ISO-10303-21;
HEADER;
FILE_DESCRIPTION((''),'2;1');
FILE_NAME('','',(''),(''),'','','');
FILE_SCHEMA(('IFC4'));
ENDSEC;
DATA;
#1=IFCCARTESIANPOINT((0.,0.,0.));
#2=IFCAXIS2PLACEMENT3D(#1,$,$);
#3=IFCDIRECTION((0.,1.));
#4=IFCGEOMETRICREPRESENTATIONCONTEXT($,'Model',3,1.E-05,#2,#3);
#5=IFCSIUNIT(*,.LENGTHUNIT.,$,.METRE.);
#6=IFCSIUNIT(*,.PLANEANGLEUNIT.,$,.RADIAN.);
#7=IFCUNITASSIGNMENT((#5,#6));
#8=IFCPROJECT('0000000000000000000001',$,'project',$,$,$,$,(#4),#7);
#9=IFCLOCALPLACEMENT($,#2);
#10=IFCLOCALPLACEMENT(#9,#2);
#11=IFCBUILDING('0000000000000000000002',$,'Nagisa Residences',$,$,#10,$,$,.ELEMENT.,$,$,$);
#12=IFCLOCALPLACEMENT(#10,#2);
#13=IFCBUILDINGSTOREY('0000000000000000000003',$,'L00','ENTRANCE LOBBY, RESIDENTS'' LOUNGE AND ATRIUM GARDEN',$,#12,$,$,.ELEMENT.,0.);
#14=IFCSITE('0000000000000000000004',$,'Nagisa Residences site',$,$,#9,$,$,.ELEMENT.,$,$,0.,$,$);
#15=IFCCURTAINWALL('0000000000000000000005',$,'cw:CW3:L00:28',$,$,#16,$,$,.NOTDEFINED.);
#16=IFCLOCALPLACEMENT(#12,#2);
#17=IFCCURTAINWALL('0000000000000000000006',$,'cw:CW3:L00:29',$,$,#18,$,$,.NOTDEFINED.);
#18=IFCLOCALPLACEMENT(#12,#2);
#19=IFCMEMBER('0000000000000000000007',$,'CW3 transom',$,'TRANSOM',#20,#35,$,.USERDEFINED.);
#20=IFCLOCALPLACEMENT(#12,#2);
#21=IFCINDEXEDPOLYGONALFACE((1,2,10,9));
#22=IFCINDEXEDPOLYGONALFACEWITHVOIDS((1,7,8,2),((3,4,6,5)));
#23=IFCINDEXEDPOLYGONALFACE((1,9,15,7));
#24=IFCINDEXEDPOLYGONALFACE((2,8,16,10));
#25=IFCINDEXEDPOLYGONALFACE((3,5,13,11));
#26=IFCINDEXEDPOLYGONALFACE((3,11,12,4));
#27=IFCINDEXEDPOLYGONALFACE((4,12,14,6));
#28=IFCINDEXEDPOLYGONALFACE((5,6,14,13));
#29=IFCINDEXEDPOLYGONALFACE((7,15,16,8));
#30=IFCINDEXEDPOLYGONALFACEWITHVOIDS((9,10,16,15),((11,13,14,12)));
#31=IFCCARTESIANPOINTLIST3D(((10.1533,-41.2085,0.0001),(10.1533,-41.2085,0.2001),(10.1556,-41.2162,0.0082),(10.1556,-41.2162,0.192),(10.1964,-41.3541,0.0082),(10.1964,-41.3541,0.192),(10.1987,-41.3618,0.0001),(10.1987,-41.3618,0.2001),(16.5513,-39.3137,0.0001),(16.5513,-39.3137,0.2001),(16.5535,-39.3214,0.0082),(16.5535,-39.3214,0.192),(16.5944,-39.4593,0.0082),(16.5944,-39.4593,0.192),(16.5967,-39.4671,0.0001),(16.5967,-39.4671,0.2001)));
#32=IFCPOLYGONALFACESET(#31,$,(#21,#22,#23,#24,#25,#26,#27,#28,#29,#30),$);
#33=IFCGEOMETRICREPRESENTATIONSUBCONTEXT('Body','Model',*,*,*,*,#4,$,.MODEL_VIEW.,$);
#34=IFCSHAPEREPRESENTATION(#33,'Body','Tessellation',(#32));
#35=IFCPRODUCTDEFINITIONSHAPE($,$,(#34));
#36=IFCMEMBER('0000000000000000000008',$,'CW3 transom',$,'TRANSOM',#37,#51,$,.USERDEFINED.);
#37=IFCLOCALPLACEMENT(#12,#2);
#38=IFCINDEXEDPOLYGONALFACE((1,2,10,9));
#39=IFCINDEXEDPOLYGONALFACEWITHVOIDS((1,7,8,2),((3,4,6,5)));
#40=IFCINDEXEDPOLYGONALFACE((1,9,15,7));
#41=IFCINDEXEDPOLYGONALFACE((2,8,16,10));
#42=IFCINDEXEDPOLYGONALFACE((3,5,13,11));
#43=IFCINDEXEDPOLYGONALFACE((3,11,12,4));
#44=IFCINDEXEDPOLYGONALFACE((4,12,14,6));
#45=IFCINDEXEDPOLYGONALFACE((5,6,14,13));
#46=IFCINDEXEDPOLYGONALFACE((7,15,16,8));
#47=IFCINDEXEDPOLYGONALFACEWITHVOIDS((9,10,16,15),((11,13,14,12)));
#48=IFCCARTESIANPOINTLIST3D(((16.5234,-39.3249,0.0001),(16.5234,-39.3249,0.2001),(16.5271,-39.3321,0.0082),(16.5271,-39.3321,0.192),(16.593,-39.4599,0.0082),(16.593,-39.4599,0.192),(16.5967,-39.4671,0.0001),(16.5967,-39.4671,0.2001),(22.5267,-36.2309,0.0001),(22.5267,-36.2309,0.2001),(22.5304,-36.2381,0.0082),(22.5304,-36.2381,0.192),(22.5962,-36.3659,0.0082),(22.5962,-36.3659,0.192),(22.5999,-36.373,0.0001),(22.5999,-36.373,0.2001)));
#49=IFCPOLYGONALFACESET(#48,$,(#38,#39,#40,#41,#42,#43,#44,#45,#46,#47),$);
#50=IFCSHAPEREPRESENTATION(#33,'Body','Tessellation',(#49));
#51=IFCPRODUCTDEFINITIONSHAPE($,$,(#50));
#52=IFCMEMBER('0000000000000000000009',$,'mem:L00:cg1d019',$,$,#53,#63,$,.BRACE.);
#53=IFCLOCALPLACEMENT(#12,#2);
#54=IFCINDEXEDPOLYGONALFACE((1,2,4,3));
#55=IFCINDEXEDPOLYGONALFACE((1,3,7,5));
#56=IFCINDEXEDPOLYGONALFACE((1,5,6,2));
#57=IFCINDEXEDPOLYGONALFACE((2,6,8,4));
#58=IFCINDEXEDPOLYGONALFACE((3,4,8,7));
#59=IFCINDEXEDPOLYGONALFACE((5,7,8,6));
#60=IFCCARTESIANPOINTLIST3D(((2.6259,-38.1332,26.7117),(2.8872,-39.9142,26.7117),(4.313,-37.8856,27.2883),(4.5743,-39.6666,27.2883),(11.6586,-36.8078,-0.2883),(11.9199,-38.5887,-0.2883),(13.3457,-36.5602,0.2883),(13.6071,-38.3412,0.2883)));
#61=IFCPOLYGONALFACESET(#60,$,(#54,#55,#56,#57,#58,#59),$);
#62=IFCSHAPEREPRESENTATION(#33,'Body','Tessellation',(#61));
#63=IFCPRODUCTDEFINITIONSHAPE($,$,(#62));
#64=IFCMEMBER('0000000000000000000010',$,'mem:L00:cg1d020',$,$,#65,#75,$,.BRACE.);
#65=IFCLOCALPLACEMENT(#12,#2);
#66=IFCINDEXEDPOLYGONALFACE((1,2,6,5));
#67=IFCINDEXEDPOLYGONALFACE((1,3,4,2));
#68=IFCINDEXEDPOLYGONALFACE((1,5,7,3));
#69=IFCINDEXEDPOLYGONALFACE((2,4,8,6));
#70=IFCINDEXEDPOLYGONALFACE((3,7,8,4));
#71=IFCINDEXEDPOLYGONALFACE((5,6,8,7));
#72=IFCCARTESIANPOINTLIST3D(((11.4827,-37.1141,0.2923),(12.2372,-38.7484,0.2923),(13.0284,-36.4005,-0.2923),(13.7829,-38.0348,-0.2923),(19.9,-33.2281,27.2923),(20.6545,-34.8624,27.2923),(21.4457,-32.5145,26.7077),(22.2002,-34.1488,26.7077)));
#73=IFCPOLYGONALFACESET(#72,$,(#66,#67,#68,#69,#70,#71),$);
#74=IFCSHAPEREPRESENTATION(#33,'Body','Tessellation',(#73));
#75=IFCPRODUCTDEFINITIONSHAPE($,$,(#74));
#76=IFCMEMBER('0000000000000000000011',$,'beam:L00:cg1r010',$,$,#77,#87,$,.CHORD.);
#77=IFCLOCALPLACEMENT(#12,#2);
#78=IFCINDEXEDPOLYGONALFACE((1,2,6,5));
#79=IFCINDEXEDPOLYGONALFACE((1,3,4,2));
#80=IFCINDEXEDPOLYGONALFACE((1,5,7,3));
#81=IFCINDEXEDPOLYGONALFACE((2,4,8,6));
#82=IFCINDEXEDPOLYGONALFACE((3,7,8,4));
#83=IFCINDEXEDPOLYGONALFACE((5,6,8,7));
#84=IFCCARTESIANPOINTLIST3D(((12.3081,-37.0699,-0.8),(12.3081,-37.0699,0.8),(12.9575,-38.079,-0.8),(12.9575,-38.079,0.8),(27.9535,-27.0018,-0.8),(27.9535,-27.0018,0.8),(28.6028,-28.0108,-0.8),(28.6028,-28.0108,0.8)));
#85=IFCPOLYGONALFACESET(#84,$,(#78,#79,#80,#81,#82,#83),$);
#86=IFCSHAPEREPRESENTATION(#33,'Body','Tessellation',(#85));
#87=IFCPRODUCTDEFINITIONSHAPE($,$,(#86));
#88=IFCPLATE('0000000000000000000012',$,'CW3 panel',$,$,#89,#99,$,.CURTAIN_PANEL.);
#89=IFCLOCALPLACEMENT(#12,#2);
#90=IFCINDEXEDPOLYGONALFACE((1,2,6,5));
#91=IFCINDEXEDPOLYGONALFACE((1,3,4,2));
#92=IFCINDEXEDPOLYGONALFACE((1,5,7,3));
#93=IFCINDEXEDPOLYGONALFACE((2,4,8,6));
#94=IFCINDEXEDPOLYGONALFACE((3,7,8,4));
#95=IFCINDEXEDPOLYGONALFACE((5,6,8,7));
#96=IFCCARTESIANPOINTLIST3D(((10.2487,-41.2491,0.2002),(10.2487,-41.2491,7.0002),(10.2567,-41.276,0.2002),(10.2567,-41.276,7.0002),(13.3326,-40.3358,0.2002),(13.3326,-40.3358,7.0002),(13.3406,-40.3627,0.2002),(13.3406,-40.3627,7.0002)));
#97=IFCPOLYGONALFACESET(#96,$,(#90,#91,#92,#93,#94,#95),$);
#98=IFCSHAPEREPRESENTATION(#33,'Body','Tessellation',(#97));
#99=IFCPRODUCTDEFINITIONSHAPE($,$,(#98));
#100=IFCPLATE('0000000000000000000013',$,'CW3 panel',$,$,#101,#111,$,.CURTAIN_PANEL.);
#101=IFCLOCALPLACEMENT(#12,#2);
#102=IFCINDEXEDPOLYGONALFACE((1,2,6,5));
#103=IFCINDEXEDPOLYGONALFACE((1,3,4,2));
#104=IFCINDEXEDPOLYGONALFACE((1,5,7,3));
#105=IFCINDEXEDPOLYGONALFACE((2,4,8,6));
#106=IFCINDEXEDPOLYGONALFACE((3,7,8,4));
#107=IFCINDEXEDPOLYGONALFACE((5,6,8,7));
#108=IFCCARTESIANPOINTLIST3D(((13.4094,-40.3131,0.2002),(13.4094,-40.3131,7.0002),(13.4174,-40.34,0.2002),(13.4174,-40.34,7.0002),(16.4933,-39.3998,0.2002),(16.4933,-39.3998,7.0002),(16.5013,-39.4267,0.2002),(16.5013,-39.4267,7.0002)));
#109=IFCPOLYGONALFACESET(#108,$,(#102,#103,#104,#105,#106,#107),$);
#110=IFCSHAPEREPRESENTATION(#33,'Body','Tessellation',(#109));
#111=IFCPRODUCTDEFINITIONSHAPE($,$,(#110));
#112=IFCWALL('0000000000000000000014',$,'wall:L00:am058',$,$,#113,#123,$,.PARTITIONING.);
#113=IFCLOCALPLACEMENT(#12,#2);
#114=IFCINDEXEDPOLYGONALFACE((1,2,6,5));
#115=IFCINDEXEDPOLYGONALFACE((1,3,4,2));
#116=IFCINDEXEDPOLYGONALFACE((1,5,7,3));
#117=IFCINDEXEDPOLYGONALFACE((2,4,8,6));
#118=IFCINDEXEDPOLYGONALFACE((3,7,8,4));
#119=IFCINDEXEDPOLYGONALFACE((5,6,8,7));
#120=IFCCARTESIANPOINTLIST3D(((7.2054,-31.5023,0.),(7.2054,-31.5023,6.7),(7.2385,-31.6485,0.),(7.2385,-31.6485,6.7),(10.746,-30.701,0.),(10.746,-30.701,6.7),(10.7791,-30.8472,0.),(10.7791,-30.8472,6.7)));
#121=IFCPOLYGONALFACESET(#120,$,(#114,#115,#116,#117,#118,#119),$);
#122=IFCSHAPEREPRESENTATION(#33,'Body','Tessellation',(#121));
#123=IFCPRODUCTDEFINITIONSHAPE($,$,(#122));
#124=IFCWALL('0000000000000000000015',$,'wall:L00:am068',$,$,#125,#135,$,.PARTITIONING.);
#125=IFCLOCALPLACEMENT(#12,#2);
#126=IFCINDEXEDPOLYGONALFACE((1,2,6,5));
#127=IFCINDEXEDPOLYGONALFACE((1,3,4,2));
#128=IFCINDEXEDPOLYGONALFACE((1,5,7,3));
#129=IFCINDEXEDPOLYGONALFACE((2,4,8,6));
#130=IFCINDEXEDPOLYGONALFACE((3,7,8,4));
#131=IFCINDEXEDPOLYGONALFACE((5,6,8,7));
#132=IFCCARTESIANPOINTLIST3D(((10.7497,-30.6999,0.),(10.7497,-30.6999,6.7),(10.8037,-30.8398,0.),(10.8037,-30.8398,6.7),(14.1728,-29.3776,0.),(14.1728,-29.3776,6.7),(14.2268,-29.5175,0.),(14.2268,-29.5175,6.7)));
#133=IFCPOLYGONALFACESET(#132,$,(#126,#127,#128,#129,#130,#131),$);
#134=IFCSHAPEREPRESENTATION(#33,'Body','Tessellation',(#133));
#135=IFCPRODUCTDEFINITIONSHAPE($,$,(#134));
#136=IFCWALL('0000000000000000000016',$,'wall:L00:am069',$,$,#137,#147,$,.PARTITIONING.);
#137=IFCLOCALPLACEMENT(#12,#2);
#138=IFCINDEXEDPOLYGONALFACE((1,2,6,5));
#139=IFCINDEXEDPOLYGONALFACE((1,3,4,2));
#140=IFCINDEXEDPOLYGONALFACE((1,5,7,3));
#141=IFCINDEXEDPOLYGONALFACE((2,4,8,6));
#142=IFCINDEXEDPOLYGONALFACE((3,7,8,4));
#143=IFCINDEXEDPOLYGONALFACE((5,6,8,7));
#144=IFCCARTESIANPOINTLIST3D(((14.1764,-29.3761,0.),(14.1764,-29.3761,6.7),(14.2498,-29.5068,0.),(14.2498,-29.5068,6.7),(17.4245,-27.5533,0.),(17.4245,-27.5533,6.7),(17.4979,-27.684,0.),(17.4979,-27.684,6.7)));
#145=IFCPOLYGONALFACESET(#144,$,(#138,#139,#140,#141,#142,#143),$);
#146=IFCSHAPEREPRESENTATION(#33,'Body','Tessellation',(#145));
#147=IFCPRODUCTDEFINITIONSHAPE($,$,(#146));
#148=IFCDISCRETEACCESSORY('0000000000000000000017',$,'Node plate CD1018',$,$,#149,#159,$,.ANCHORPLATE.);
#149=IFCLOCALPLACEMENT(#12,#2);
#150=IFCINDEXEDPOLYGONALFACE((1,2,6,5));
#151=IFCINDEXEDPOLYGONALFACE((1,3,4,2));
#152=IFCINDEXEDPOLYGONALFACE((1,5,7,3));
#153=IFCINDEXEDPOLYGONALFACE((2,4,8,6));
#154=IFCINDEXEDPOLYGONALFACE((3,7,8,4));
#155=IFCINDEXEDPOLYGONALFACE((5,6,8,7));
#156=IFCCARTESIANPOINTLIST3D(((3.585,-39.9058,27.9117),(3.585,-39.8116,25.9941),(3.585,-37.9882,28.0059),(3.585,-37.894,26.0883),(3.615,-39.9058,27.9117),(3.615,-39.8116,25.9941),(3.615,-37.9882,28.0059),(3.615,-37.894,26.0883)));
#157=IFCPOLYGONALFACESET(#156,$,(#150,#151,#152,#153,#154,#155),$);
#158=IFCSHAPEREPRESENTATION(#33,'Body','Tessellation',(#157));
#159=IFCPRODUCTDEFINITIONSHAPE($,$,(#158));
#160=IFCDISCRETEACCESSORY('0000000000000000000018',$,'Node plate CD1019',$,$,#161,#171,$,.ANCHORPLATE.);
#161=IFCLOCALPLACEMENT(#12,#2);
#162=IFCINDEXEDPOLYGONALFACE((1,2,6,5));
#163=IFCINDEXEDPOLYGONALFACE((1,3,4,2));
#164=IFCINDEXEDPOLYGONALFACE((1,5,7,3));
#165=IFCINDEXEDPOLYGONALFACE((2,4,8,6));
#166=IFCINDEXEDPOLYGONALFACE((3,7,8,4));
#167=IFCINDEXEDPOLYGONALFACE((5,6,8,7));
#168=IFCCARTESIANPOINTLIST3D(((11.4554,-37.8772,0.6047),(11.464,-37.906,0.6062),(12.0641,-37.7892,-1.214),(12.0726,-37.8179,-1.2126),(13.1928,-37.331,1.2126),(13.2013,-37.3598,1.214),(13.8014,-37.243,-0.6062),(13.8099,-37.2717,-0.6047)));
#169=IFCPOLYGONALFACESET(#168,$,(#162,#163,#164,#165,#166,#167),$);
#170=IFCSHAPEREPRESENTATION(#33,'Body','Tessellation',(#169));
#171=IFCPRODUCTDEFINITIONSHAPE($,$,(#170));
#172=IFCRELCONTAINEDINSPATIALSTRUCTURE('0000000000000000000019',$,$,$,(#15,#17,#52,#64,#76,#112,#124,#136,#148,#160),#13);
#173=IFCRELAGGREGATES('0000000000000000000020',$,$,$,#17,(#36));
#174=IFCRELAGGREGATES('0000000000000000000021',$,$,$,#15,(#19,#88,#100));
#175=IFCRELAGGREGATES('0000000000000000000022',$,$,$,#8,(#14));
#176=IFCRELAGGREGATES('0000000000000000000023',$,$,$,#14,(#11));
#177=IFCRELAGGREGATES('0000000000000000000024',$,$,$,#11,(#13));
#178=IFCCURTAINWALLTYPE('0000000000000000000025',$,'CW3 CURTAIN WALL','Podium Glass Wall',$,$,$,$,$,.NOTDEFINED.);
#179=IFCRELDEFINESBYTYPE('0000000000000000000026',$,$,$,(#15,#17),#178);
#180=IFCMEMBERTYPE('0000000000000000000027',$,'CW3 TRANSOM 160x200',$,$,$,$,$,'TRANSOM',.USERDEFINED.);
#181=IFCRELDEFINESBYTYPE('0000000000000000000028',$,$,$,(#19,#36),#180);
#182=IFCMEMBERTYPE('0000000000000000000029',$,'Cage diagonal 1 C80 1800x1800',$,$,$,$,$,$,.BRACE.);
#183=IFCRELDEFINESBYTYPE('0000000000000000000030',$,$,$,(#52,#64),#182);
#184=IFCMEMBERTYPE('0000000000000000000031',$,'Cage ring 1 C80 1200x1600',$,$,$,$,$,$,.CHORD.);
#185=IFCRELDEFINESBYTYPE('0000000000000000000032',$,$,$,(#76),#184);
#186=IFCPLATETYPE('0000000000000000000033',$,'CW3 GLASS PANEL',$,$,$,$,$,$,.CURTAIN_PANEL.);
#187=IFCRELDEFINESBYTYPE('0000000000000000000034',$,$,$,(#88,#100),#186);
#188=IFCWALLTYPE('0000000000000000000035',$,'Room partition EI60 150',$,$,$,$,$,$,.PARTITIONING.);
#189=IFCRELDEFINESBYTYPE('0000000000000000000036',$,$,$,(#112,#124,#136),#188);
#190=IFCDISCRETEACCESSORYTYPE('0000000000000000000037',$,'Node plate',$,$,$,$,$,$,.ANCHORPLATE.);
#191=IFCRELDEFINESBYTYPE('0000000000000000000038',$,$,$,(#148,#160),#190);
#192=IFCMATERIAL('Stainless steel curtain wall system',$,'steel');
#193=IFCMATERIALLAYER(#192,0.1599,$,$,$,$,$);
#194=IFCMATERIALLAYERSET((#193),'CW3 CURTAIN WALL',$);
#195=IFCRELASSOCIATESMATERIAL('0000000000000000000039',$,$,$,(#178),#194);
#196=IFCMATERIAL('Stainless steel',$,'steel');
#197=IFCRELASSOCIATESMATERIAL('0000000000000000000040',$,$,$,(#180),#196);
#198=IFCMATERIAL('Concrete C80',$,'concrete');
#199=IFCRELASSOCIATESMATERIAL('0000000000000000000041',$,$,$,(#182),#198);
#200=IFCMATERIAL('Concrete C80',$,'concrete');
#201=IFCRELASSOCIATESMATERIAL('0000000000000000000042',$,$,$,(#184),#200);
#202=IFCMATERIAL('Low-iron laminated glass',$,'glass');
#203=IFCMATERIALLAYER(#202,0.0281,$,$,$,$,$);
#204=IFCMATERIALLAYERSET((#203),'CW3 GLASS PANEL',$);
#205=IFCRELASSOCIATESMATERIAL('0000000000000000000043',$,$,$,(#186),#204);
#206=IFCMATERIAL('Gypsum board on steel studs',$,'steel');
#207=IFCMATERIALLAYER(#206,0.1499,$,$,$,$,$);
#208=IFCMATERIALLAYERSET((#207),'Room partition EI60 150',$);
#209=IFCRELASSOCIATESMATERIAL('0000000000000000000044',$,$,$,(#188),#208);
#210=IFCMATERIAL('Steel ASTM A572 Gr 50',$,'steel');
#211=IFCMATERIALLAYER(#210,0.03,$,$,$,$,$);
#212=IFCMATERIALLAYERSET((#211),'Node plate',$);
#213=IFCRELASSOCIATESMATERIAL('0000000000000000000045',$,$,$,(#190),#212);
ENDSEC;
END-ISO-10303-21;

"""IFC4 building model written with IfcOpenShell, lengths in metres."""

from ifc_helpers import new_model, si_unit, direction, frame, frame_2d, origin, origin_2d, place, context, subcontext, project, spatial, rectangle, hollow_rectangle, extrude, material, layer, layer_set, material_profile, profile_set, type_object, element, aggregate, save


model = new_model("IFC4")

# Units and contexts
model_context = context("Model", 3, precision=1e-05, world=origin(), true_north=direction((0.0, 1.0)))
body_context = subcontext(model_context, "Body", "Model", "MODEL_VIEW")
ifc_project = project(units=[si_unit("LENGTHUNIT", "METRE"), si_unit("PLANEANGLEUNIT", "RADIAN")], contexts=[model_context])

# Site, building, storey
site_placement = place(None, origin())
site = spatial("IfcSite", under=ifc_project, at=site_placement, Name="Nagisa Residences site", CompositionType="ELEMENT", RefElevation=0.0)
building_placement = place(site_placement, origin())
building = spatial("IfcBuilding", under=site, at=building_placement, Name="Nagisa Residences", CompositionType="ELEMENT")
storey_placement = place(building_placement, origin())
storey = spatial("IfcBuildingStorey", under=building, at=storey_placement, Name="L00", Description="ENTRANCE LOBBY, RESIDENTS' LOUNGE AND ATRIUM GARDEN", CompositionType="ELEMENT", Elevation=0.0)

# Curtain wall
ifc_material_1 = material(Name="Stainless steel curtain wall system", Category="steel")
ifc_layer_1 = layer(ifc_material_1, 0.1599)
ifc_layer_set_1 = layer_set([ifc_layer_1], Name="CW3 CURTAIN WALL")
curtain_wall_type = type_object("IfcCurtainWallType", Name="CW3 CURTAIN WALL", Description="Podium Glass Wall", PredefinedType="NOTDEFINED", material=ifc_layer_set_1)
curtain_wall_1_placement = place(storey_placement, origin())
curtain_wall_1 = element("IfcCurtainWall", 1, at=curtain_wall_1_placement, inside=storey, type_object=curtain_wall_type, Name="cw:CW3:L00:28", PredefinedType="NOTDEFINED")

# Curtain wall
curtain_wall_2_placement = place(storey_placement, origin())
curtain_wall_2 = element("IfcCurtainWall", 2, at=curtain_wall_2_placement, inside=storey, type_object=curtain_wall_type, Name="cw:CW3:L00:29", PredefinedType="NOTDEFINED")

# Members
ifc_material_2 = material(Name="Stainless steel", Category="steel")
ifc_material_profile_1 = material_profile(ifc_material_2, hollow_rectangle(XDim=0.1599, YDim=0.2, WallThickness=0.0081, at=origin_2d()), Name="CW3 TRANSOM 160x200")
ifc_profile_set_1 = profile_set([ifc_material_profile_1], Name="Stainless steel")
member_type_1 = type_object("IfcMemberType", Name="CW3 TRANSOM 160x200", ElementType="TRANSOM", PredefinedType="USERDEFINED", material=ifc_profile_set_1)
member_1_placement = place(storey_placement, frame((10.176, -41.2852, 0.1001), z_axis=(0.958835, 0.283963, 0.0), x_axis=(-0.283963, 0.958835, 0.0)))
member_1 = element("IfcMember", 3, at=member_1_placement, type_object=member_type_1, Name="CW3 transom", ObjectType="TRANSOM", PredefinedType="USERDEFINED", context=body_context, shape_type="SweptSolid", body=[
    extrude(hollow_rectangle(XDim=0.1599, YDim=0.2, WallThickness=0.0081, at=origin_2d()), origin(), (0.0, 0.0, 1.0), 6.6726),
])
member_2_placement = place(storey_placement, frame((16.5601, -39.396, 0.1001), z_axis=(0.888887, 0.458126, 0.0), x_axis=(-0.458126, 0.888887, 0.0)))
member_2 = element("IfcMember", 4, at=member_2_placement, type_object=member_type_1, Name="CW3 transom", ObjectType="TRANSOM", PredefinedType="USERDEFINED", context=body_context, shape_type="SweptSolid", body=[
    extrude(hollow_rectangle(XDim=0.1599, YDim=0.2, WallThickness=0.0081, at=origin_2d()), origin(), (0.0, 0.0, 1.0), 6.7537),
])
aggregate(curtain_wall_2, [member_2])

# Members
ifc_material_3 = material(Name="Concrete C80", Category="concrete")
ifc_material_profile_2 = material_profile(ifc_material_3, rectangle(XDim=1.8, YDim=1.8, at=origin_2d()), Name="C80 1800x1800")
ifc_profile_set_2 = profile_set([ifc_material_profile_2], Name="Concrete C80")
member_type_2 = type_object("IfcMemberType", Name="Cage diagonal 1 C80 1800x1800", PredefinedType="BRACE", material=ifc_profile_set_2)
member_3_placement = place(storey_placement, frame((12.6328, -37.5745, 0.0), z_axis=(-0.316918, -0.046504, 0.947312), x_axis=(0.145183, -0.989405, 0.0)))
element("IfcMember", 5, at=member_3_placement, inside=storey, type_object=member_type_2, Name="mem:L00:cg1d019", PredefinedType="BRACE", context=body_context, shape_type="SweptSolid", body=[
    extrude(rectangle(XDim=1.8, YDim=1.8, at=origin_2d()), origin(), (0.0, 0.0, 1.0), 28.5017),
])
member_4_placement = place(storey_placement, frame((12.6328, -37.5745, 0.0), z_axis=(0.294852, 0.136124, 0.945797), x_axis=(-0.419157, 0.907914, 0.0)))
element("IfcMember", 6, at=member_4_placement, inside=storey, type_object=member_type_2, Name="mem:L00:cg1d020", PredefinedType="BRACE", context=body_context, shape_type="SweptSolid", body=[
    extrude(rectangle(XDim=1.8, YDim=1.8, at=origin_2d()), origin(), (0.0, 0.0, 1.0), 28.5474),
])
ifc_material_4 = material(Name="Concrete C80", Category="concrete")
ifc_material_profile_3 = material_profile(ifc_material_4, rectangle(XDim=1.2, YDim=1.6001, at=origin_2d()), Name="C80 1200x1600")
ifc_profile_set_3 = profile_set([ifc_material_profile_3], Name="Concrete C80")
member_type_3 = type_object("IfcMemberType", Name="Cage ring 1 C80 1200x1600", PredefinedType="CHORD", material=ifc_profile_set_3)
member_5_placement = place(storey_placement, frame((12.6328, -37.5745, 0.0), z_axis=(0.840923, 0.541155, 0.0), x_axis=(-0.541155, 0.840923, 0.0)))
element("IfcMember", 7, at=member_5_placement, inside=storey, type_object=member_type_3, Name="beam:L00:cg1r010", PredefinedType="CHORD", context=body_context, shape_type="SweptSolid", body=[
    extrude(rectangle(XDim=1.2, YDim=1.6001, at=origin_2d()), origin(), (0.0, 0.0, 1.0), 18.605),
])

# Plates
ifc_material_5 = material(Name="Low-iron laminated glass", Category="glass")
ifc_layer_2 = layer(ifc_material_5, 0.0281)
ifc_layer_set_2 = layer_set([ifc_layer_2], Name="CW3 GLASS PANEL")
plate_type = type_object("IfcPlateType", Name="CW3 GLASS PANEL", PredefinedType="CURTAIN_PANEL", material=ifc_layer_set_2)
plate_1_placement = place(storey_placement, frame((11.7947, -40.8059, 0.2002), z_axis=(0.0, 0.0, 1.0), x_axis=(0.958835, 0.283963, 0.0)))
plate_1 = element("IfcPlate", 8, at=plate_1_placement, type_object=plate_type, Name="CW3 panel", PredefinedType="CURTAIN_PANEL", context=body_context, shape_type="SweptSolid", body=[
    extrude(rectangle(XDim=3.2163, YDim=0.0281, at=origin_2d()), origin(), (0.0, 0.0, 1.0), 6.8),
])
plate_2_placement = place(storey_placement, frame((14.9553, -39.8699, 0.2002), z_axis=(0.0, 0.0, 1.0), x_axis=(0.958835, 0.283963, 0.0)))
plate_2 = element("IfcPlate", 9, at=plate_2_placement, type_object=plate_type, Name="CW3 panel", PredefinedType="CURTAIN_PANEL", context=body_context, shape_type="SweptSolid", body=[
    extrude(rectangle(XDim=3.2163, YDim=0.0281, at=origin_2d()), origin(), (0.0, 0.0, 1.0), 6.8),
])
aggregate(curtain_wall_1, [member_1, plate_1, plate_2])

# Walls
ifc_material_6 = material(Name="Gypsum board on steel studs", Category="steel")
ifc_layer_3 = layer(ifc_material_6, 0.1499)
ifc_layer_set_3 = layer_set([ifc_layer_3], Name="Room partition EI60 150")
wall_type = type_object("IfcWallType", Name="Room partition EI60 150", PredefinedType="PARTITIONING", material=ifc_layer_set_3)
wall_1_placement = place(storey_placement, frame((10.7625, -30.7742, 0.0), z_axis=(0.0, 0.0, 1.0), x_axis=(-0.975335, -0.220731, 0.0)))
element("IfcWall", 10, at=wall_1_placement, inside=storey, type_object=wall_type, Name="wall:L00:am058", PredefinedType="PARTITIONING", context=body_context, shape_type="SweptSolid", body=[
    extrude(rectangle(XDim=3.6301, YDim=0.1499, at=frame_2d((1.8149, 0.0))), origin(), (0.0, 0.0, 1.0), 6.7),
])
wall_2_placement = place(storey_placement, frame((14.2, -29.4475, 0.0), z_axis=(0.0, 0.0, 1.0), x_axis=(-0.932825, -0.36033, 0.0)))
element("IfcWall", 11, at=wall_2_placement, inside=storey, type_object=wall_type, Name="wall:L00:am068", PredefinedType="PARTITIONING", context=body_context, shape_type="SweptSolid", body=[
    extrude(rectangle(XDim=3.6697, YDim=0.1499, at=frame_2d((1.835, 0.0))), origin(), (0.0, 0.0, 1.0), 6.7),
])
wall_3_placement = place(storey_placement, frame((17.4612, -27.6187, 0.0), z_axis=(0.0, 0.0, 1.0), x_axis=(-0.872065, -0.48939, 0.0)))
element("IfcWall", 12, at=wall_3_placement, inside=storey, type_object=wall_type, Name="wall:L00:am069", PredefinedType="PARTITIONING", context=body_context, shape_type="SweptSolid", body=[
    extrude(rectangle(XDim=3.7246, YDim=0.1499, at=frame_2d((1.8623, 0.0))), origin(), (0.0, 0.0, 1.0), 6.7),
])

# Discrete accessories
ifc_material_7 = material(Name="Steel ASTM A572 Gr 50", Category="steel")
ifc_layer_4 = layer(ifc_material_7, 0.03)
ifc_layer_set_4 = layer_set([ifc_layer_4], Name="Node plate")
discrete_accessory_type = type_object("IfcDiscreteAccessoryType", Name="Node plate", PredefinedType="ANCHORPLATE", material=ifc_layer_set_4)
for number, where, z_axis, x_axis, name in (
    (13, (3.585, -38.8999, 27.0), (1.0, 0.0, 0.0), (0.0, 0.049033, -0.998797), "Node plate CD1018"),
    (14, (12.637, -37.5889, 0.0007), (-0.284028, 0.957579, -0.04869), (-0.317021, -0.045863, 0.947309), "Node plate CD1019"),
):
    element("IfcDiscreteAccessory", number, at=place(storey_placement, frame(where, z_axis=z_axis, x_axis=x_axis)), inside=storey, type_object=discrete_accessory_type, Name=name, PredefinedType="ANCHORPLATE", context=body_context, shape_type="SweptSolid", body=[
        extrude(rectangle(XDim=1.9199, YDim=1.9199, at=origin_2d()), origin(), (0.0, 0.0, 1.0), 0.03),
    ])

save(model, "model.ifc")
